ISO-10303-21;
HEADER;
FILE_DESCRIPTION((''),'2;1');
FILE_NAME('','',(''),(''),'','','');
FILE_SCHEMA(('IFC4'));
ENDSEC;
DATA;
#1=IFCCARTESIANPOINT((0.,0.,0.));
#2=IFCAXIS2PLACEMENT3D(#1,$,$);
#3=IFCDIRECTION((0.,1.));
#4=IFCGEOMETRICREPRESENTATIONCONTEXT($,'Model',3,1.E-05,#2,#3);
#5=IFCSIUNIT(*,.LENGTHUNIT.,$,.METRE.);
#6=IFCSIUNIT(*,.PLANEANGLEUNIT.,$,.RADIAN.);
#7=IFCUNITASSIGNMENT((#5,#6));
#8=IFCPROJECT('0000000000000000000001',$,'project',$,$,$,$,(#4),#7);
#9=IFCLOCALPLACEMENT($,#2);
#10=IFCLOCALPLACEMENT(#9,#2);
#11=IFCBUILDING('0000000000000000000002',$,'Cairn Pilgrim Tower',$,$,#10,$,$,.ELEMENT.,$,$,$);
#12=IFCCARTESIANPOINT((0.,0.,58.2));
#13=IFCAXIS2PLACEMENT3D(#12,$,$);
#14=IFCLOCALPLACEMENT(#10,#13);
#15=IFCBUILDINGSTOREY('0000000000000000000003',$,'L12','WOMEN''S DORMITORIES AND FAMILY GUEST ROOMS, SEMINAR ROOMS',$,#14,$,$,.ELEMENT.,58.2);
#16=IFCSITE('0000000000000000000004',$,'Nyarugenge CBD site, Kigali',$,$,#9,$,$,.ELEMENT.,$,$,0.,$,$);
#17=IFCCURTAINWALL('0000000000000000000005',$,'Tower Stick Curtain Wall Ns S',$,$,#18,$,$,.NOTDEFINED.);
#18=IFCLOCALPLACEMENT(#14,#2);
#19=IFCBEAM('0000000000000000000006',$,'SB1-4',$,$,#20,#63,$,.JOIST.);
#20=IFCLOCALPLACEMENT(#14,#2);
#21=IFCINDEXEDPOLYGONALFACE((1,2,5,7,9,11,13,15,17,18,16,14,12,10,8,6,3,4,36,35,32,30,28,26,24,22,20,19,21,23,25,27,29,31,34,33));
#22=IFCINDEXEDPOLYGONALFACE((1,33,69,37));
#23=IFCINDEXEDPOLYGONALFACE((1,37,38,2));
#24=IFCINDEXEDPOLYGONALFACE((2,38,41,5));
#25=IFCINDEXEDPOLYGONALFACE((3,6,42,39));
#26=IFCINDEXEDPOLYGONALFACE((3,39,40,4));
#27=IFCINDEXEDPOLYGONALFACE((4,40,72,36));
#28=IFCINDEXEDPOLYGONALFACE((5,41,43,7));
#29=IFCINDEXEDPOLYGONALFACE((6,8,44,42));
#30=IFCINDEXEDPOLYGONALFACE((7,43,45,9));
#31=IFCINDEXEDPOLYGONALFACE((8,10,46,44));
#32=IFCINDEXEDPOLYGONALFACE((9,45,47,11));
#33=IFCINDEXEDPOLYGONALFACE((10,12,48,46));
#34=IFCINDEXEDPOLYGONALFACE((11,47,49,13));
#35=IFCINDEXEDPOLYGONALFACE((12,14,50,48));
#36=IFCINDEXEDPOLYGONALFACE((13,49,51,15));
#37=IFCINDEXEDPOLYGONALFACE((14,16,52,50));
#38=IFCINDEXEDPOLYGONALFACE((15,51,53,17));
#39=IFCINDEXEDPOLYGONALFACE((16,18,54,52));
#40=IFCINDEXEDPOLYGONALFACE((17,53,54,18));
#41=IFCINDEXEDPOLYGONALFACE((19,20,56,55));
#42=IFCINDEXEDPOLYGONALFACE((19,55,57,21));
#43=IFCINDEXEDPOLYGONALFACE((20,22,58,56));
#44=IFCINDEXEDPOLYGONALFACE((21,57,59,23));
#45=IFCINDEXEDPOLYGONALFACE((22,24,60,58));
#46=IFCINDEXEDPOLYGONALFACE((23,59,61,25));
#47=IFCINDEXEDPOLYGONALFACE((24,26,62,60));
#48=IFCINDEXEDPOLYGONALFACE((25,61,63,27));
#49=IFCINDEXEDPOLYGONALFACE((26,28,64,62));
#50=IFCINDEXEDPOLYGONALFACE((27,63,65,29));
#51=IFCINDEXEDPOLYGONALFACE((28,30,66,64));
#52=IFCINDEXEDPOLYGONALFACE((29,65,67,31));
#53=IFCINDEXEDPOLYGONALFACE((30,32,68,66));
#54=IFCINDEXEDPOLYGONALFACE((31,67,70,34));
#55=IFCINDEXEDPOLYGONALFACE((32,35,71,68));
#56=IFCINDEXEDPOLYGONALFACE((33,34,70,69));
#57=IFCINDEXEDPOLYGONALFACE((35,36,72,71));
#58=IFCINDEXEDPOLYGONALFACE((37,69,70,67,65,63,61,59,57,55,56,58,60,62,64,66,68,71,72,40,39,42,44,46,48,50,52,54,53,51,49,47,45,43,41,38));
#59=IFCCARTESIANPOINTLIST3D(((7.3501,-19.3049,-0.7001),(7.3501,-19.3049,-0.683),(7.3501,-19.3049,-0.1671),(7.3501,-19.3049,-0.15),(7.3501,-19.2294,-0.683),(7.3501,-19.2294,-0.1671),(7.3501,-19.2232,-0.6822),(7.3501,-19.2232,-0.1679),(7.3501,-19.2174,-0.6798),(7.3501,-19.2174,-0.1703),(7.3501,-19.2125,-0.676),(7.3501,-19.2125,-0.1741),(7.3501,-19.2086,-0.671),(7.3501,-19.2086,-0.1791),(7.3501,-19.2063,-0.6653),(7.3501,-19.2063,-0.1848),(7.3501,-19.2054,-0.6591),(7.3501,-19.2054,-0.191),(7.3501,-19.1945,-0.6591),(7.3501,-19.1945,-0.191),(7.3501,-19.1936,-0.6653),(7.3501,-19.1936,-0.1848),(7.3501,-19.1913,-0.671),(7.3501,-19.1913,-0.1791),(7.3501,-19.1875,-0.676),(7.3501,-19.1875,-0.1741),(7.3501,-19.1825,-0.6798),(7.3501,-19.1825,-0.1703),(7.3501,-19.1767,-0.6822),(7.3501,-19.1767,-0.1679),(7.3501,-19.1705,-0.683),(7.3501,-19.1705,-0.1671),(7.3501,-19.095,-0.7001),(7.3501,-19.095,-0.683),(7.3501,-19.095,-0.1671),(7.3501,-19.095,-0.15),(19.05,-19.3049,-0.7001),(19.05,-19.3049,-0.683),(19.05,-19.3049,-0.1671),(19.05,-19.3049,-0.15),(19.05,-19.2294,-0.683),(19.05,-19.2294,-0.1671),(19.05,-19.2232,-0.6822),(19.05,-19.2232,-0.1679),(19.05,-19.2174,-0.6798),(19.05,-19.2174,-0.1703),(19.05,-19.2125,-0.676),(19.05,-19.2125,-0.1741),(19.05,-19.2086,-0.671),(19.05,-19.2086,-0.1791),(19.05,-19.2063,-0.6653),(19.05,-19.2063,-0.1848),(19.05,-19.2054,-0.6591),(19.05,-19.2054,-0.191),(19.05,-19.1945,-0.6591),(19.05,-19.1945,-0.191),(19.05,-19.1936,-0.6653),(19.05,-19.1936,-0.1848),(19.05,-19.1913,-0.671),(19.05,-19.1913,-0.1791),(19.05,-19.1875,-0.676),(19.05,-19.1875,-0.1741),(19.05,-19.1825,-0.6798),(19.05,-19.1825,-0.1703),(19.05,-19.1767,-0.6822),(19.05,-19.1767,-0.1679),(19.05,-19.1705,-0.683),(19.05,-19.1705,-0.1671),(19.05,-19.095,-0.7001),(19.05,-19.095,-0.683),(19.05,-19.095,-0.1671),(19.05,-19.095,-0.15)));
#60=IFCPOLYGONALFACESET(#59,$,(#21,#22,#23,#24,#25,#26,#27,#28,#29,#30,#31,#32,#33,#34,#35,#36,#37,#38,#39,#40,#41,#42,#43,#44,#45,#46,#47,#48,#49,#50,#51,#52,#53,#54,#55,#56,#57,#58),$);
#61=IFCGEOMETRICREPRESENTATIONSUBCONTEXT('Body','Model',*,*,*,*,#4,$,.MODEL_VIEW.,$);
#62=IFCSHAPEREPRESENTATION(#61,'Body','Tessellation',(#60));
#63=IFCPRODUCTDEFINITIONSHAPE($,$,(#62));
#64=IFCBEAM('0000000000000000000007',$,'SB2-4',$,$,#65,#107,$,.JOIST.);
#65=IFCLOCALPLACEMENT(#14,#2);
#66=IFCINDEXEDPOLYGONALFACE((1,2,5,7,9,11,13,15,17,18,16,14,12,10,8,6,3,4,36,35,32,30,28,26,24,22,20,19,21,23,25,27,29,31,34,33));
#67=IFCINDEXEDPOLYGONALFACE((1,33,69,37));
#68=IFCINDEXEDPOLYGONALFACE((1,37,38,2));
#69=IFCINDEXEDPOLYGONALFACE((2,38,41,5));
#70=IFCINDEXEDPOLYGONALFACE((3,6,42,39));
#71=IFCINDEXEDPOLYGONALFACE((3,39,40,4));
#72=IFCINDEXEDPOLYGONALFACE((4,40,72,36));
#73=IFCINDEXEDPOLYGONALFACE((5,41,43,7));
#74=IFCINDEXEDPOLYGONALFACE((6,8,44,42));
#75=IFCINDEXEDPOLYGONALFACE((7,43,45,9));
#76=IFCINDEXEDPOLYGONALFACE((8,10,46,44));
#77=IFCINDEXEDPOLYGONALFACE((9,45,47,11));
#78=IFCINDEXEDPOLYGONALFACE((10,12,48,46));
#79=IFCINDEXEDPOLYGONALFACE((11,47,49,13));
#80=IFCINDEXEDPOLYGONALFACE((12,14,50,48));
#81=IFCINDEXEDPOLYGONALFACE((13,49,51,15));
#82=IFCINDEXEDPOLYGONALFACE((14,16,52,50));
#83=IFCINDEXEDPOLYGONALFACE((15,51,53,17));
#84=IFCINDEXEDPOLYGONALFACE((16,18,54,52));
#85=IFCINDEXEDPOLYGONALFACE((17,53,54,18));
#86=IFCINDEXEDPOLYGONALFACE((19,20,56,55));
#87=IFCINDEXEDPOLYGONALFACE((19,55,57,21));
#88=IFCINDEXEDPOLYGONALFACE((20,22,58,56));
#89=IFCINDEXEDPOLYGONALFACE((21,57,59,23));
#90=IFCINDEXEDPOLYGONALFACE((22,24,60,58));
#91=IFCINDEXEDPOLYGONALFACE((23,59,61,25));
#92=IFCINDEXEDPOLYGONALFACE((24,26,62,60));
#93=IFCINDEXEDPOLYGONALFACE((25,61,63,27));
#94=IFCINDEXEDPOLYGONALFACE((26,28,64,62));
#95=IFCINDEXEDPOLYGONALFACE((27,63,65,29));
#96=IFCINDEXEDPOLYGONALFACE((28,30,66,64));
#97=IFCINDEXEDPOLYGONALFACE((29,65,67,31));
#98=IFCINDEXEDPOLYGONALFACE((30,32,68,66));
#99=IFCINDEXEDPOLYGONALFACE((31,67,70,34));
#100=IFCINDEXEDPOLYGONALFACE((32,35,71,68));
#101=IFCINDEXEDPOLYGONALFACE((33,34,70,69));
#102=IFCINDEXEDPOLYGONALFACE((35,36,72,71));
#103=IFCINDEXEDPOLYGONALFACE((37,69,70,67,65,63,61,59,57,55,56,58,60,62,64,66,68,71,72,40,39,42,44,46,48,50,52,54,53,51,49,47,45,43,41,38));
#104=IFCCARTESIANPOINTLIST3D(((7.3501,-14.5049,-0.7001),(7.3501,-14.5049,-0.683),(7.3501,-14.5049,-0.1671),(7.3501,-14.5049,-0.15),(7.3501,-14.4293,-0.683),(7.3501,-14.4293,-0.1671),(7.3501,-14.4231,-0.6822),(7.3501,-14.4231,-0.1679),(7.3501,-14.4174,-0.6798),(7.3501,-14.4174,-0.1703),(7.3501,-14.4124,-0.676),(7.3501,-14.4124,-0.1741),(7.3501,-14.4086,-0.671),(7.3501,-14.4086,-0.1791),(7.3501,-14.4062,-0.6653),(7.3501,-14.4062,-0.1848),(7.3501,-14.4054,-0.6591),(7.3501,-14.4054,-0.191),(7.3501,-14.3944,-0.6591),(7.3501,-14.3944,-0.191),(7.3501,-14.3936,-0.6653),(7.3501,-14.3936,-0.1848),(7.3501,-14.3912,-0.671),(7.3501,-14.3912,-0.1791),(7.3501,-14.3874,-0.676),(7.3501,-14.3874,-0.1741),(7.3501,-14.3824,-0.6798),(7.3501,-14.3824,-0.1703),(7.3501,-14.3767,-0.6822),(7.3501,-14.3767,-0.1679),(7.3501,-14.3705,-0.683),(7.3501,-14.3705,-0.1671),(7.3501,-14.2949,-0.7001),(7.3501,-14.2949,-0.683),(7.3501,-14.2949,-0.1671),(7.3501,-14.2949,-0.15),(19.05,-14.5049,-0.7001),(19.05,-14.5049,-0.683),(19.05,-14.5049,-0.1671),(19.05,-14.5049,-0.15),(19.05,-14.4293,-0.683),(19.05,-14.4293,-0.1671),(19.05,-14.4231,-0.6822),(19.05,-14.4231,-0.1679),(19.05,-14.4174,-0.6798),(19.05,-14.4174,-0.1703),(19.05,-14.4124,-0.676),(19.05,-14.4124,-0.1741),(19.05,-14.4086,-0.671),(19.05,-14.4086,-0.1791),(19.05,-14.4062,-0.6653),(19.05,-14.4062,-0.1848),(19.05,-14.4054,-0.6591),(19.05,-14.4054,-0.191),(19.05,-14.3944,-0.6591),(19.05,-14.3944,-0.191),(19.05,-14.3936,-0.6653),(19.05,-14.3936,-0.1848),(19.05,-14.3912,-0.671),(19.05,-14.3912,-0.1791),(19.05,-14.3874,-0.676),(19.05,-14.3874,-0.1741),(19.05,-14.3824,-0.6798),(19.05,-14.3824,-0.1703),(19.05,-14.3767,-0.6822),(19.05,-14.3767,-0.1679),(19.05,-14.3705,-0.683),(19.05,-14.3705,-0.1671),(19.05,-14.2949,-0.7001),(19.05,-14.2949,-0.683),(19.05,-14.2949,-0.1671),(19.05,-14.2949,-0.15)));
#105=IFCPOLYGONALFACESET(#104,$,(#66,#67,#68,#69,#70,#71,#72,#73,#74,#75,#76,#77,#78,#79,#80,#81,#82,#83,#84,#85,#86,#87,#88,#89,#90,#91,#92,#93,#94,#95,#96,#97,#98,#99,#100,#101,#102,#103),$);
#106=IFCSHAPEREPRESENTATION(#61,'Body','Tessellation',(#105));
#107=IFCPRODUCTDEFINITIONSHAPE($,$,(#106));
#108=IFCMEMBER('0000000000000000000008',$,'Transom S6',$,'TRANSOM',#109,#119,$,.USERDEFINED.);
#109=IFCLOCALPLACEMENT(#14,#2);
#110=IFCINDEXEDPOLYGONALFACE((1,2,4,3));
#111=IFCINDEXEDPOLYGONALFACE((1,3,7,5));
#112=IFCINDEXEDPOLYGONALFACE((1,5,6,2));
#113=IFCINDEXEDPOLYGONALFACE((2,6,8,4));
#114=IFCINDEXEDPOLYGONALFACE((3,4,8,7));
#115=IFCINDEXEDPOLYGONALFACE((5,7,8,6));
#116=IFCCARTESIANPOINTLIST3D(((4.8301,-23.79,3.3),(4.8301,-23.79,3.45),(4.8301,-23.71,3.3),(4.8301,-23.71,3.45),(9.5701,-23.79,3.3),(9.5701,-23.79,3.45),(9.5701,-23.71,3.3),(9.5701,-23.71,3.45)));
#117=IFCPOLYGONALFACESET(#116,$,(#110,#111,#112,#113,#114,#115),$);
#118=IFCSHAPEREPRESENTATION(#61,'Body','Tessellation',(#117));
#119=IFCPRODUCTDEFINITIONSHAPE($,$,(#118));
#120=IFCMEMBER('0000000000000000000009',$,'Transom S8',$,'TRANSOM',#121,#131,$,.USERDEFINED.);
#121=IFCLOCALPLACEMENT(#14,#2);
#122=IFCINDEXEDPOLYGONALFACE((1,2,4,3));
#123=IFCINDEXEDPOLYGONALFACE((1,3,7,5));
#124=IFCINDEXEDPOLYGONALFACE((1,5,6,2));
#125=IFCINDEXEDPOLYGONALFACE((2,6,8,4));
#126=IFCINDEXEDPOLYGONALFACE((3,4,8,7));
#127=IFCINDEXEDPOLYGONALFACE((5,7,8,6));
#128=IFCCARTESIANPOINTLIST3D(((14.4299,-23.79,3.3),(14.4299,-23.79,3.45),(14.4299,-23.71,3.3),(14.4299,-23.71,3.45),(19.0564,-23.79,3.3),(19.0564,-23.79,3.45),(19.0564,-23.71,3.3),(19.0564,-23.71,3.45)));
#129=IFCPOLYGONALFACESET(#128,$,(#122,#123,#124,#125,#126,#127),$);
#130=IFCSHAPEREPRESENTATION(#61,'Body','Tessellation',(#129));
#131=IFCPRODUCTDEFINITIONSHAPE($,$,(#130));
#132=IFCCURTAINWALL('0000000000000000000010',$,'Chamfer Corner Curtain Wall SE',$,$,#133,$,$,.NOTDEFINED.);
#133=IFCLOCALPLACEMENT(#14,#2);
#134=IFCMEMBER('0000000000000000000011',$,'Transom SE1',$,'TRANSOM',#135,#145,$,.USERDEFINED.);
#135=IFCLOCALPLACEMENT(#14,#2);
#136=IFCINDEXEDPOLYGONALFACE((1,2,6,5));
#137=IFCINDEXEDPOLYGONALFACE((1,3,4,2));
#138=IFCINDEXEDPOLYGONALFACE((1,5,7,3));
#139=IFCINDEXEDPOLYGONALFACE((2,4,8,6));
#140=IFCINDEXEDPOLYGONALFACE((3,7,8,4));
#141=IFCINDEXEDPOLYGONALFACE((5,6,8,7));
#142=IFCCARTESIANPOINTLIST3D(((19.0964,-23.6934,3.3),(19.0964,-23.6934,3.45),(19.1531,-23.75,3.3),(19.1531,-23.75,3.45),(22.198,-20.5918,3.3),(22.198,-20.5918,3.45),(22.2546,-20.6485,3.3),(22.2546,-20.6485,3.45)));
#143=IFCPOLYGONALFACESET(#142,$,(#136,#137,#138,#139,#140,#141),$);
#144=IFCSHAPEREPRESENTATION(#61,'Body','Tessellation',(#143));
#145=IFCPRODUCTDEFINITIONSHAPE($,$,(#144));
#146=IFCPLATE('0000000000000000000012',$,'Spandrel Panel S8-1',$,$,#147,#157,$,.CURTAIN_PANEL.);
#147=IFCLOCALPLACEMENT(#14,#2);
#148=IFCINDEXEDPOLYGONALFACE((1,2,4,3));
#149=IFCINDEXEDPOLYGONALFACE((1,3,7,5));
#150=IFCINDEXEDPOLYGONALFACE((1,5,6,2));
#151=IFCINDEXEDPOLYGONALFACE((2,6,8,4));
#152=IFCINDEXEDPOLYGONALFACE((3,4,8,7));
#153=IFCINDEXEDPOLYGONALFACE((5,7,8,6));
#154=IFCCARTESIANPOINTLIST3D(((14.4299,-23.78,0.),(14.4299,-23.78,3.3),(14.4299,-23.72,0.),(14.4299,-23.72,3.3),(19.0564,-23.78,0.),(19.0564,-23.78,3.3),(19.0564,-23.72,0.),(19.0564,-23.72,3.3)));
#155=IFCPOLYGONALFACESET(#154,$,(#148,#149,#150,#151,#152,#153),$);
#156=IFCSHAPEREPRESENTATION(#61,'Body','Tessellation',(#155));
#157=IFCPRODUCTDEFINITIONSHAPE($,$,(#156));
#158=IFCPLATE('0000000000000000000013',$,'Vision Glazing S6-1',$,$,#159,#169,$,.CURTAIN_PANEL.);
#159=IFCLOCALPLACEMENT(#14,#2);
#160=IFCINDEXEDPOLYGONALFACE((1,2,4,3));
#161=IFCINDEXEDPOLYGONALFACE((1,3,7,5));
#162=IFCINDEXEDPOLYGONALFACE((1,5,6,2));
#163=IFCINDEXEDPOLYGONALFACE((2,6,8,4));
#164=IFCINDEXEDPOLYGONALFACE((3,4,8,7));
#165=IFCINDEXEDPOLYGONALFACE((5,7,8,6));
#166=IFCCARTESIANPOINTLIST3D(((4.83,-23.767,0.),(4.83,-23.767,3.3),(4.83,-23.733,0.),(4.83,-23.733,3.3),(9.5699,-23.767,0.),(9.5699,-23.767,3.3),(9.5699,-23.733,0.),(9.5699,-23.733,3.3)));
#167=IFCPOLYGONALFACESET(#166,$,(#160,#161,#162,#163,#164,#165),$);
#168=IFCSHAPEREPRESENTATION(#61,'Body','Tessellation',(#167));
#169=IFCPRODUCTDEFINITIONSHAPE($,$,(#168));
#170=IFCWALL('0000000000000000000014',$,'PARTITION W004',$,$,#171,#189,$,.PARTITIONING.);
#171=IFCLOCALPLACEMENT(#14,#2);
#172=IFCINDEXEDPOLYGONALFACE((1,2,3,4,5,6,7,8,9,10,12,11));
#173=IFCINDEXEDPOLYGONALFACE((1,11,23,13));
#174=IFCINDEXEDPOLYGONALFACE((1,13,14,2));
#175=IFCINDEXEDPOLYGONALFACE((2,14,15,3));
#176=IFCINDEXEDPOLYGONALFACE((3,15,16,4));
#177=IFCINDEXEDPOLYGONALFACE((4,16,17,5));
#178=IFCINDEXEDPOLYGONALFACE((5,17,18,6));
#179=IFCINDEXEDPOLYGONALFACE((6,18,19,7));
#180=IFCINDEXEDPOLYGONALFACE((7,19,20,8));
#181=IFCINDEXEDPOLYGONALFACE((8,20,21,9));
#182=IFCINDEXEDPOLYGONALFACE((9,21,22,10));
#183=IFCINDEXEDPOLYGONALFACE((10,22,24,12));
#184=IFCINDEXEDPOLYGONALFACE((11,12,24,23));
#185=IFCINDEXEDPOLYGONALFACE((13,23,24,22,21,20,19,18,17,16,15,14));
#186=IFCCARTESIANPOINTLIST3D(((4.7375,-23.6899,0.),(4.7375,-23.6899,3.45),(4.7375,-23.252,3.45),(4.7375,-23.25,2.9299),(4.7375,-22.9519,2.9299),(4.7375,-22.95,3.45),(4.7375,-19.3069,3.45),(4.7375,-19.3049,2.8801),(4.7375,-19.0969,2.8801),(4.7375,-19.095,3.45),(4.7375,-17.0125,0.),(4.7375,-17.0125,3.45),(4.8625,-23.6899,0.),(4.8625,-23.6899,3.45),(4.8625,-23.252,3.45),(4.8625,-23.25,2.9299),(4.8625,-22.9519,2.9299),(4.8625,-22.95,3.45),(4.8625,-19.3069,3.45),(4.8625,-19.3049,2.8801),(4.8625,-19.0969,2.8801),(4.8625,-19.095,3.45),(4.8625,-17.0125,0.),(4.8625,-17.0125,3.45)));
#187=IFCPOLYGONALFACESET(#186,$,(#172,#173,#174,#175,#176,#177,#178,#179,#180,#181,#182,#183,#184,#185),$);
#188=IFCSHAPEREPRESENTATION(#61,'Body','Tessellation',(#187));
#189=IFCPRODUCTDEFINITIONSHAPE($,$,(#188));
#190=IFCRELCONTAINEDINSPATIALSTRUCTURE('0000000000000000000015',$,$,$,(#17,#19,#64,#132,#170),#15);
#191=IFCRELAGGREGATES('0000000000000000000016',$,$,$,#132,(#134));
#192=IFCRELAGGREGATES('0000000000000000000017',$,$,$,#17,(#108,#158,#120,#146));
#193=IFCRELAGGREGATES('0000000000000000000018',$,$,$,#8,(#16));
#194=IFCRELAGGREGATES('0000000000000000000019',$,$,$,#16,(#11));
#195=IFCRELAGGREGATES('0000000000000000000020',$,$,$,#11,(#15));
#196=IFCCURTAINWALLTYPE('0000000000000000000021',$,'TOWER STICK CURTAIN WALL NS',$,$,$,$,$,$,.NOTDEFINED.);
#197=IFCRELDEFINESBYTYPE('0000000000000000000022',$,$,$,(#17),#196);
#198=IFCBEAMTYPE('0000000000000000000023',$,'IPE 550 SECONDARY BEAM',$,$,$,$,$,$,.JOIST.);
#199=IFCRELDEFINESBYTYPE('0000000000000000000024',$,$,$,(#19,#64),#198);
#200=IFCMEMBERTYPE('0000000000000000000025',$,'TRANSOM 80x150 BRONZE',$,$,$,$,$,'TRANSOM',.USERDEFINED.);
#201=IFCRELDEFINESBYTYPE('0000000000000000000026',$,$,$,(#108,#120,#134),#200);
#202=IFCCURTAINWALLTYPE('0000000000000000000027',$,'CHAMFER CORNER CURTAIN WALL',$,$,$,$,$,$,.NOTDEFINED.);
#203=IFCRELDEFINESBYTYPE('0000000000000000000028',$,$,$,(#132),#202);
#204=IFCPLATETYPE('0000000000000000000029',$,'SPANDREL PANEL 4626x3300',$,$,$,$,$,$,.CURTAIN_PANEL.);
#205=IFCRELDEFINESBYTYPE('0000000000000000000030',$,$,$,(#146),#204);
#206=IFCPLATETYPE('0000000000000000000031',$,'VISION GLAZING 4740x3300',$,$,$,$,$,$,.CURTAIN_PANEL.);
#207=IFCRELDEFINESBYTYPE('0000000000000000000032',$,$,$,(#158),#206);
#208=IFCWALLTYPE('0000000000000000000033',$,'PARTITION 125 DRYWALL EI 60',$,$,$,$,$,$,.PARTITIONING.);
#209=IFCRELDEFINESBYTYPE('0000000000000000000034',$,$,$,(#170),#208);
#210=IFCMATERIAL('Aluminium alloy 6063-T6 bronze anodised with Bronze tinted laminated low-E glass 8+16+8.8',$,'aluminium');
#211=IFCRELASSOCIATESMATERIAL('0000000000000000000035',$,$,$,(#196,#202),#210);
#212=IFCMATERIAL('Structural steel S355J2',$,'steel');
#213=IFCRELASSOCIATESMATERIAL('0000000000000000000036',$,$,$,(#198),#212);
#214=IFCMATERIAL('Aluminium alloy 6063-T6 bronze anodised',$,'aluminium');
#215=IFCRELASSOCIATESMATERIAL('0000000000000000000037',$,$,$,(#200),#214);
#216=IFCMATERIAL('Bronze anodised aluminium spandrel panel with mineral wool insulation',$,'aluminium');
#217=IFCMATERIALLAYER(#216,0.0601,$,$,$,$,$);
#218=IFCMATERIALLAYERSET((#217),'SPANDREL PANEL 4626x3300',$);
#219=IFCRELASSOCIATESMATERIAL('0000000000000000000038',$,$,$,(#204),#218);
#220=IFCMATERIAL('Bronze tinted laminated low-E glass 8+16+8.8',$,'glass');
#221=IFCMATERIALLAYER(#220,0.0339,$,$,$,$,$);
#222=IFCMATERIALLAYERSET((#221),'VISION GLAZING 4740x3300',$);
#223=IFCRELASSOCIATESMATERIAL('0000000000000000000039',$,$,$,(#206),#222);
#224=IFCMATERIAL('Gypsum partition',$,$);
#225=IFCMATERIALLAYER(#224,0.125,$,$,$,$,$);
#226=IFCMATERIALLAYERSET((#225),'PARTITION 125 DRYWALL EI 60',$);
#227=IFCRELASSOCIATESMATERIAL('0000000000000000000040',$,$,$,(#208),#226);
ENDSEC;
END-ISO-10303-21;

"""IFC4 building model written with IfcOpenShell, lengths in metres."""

from ifc_helpers import new_model, si_unit, direction, frame, origin, origin_2d, place, context, subcontext, project, spatial, polyline, rectangle, i_section, outline, extrude, material, layer, layer_set, material_profile, profile_set, type_object, element, aggregate, save


model = new_model("IFC4")

# Units and contexts
model_context = context("Model", 3, precision=1e-05, world=origin(), true_north=direction((0.0, 1.0)))
body_context = subcontext(model_context, "Body", "Model", "MODEL_VIEW")
ifc_project = project(units=[si_unit("LENGTHUNIT", "METRE"), si_unit("PLANEANGLEUNIT", "RADIAN")], contexts=[model_context])

# Site, building, storey
site_placement = place(None, origin())
site = spatial("IfcSite", under=ifc_project, at=site_placement, Name="Nyarugenge CBD site, Kigali", CompositionType="ELEMENT", RefElevation=0.0)
building_placement = place(site_placement, origin())
building = spatial("IfcBuilding", under=site, at=building_placement, Name="Cairn Pilgrim Tower", CompositionType="ELEMENT")
storey_placement = place(building_placement, frame((0.0, 0.0, 58.2)))
storey = spatial("IfcBuildingStorey", under=building, at=storey_placement, Name="L12", Description="WOMEN'S DORMITORIES AND FAMILY GUEST ROOMS, SEMINAR ROOMS", CompositionType="ELEMENT", Elevation=58.2)

# Curtain wall
ifc_material_1 = material(Name="Aluminium alloy 6063-T6 bronze anodised with Bronze tinted laminated low-E glass 8+16+8.8", Category="aluminium")
curtain_wall_type_1 = type_object("IfcCurtainWallType", Name="TOWER STICK CURTAIN WALL NS", PredefinedType="NOTDEFINED", material=ifc_material_1)
curtain_wall_1_placement = place(storey_placement, origin())
curtain_wall_1 = element("IfcCurtainWall", 1, at=curtain_wall_1_placement, inside=storey, type_object=curtain_wall_type_1, Name="Tower Stick Curtain Wall Ns S", PredefinedType="NOTDEFINED")
ifc_material_2 = material(Name="Aluminium alloy 6063-T6 bronze anodised", Category="aluminium")

# Beams
ifc_material_3 = material(Name="Structural steel S355J2", Category="steel")
ifc_material_profile_1 = material_profile(ifc_material_3, i_section(OverallWidth=0.21, OverallDepth=0.55, WebThickness=0.011, FlangeThickness=0.0171, FilletRadius=0.0239, at=origin_2d()), Name="IPE 550")
ifc_profile_set_1 = profile_set([ifc_material_profile_1], Name="Structural steel S355J2")
beam_type_1 = type_object("IfcBeamType", Name="IPE 550 SECONDARY BEAM", PredefinedType="JOIST", material=ifc_profile_set_1)
for number, where, z_axis, x_axis, name in (
    (2, (7.3501, -19.2, -0.425), (1.0, 0.0, 0.0), (0.0, 1.0, 0.0), "SB1-4"),
    (3, (7.3501, -14.3999, -0.425), (1.0, 0.0, 0.0), (0.0, 1.0, 0.0), "SB2-4"),
):
    element("IfcBeam", number, at=place(storey_placement, frame(where, z_axis=z_axis, x_axis=x_axis)), inside=storey, type_object=beam_type_1, Name=name, PredefinedType="JOIST", context=body_context, shape_type="SweptSolid", body=[
        extrude(i_section(OverallWidth=0.21, OverallDepth=0.55, WebThickness=0.011, FlangeThickness=0.0171, FilletRadius=0.0239, at=origin_2d()), origin(), (0.0, 0.0, 1.0), 11.7),
    ])

# Members
ifc_material_profile_2 = material_profile(ifc_material_2, rectangle(XDim=0.0801, YDim=0.1499, at=origin_2d()), Name="TRANSOM 80x150 BRONZE")
ifc_profile_set_2 = profile_set([ifc_material_profile_2], Name="Aluminium alloy 6063-T6 bronze anodised")
member_type_1 = type_object("IfcMemberType", Name="TRANSOM 80x150 BRONZE", ElementType="TRANSOM", PredefinedType="USERDEFINED", material=ifc_profile_set_2)
member_1_placement = place(storey_placement, frame((4.8301, -23.75, 3.375), z_axis=(1.0, 0.0, 0.0), x_axis=(0.0, 1.0, 0.0)))
member_1 = element("IfcMember", 4, at=member_1_placement, type_object=member_type_1, Name="Transom S6", ObjectType="TRANSOM", PredefinedType="USERDEFINED", context=body_context, shape_type="SweptSolid", body=[
    extrude(rectangle(XDim=0.0801, YDim=0.1499, at=origin_2d()), origin(), (0.0, 0.0, 1.0), 4.74),
])
member_2_placement = place(storey_placement, frame((14.4299, -23.75, 3.375), z_axis=(1.0, 0.0, 0.0), x_axis=(0.0, 1.0, 0.0)))
member_2 = element("IfcMember", 5, at=member_2_placement, type_object=member_type_1, Name="Transom S8", ObjectType="TRANSOM", PredefinedType="USERDEFINED", context=body_context, shape_type="SweptSolid", body=[
    extrude(rectangle(XDim=0.0801, YDim=0.1499, at=origin_2d()), origin(), (0.0, 0.0, 1.0), 4.6265),
])

# Curtain wall, member
curtain_wall_type_2 = type_object("IfcCurtainWallType", Name="CHAMFER CORNER CURTAIN WALL", PredefinedType="NOTDEFINED", material=ifc_material_1)
curtain_wall_2_placement = place(storey_placement, origin())
curtain_wall_2 = element("IfcCurtainWall", 6, at=curtain_wall_2_placement, inside=storey, type_object=curtain_wall_type_2, Name="Chamfer Corner Curtain Wall SE", PredefinedType="NOTDEFINED")
member_3_placement = place(storey_placement, frame((19.1248, -23.7217, 3.375), z_axis=(0.707107, 0.707107, 0.0), x_axis=(-0.707107, 0.707107, 0.0)))
member_3 = element("IfcMember", 7, at=member_3_placement, type_object=member_type_1, Name="Transom SE1", ObjectType="TRANSOM", PredefinedType="USERDEFINED", context=body_context, shape_type="SweptSolid", body=[
    extrude(rectangle(XDim=0.0801, YDim=0.1499, at=origin_2d()), origin(), (0.0, 0.0, 1.0), 4.3862),
])
aggregate(curtain_wall_2, [member_3])

# Plates
ifc_material_4 = material(Name="Bronze anodised aluminium spandrel panel with mineral wool insulation", Category="aluminium")
ifc_layer_1 = layer(ifc_material_4, 0.0601)
ifc_layer_set_1 = layer_set([ifc_layer_1], Name="SPANDREL PANEL 4626x3300")
plate_type_1 = type_object("IfcPlateType", Name="SPANDREL PANEL 4626x3300", PredefinedType="CURTAIN_PANEL", material=ifc_layer_set_1)
plate_1_placement = place(storey_placement, frame((16.7432, -23.75, 0.0), z_axis=(0.0, 0.0, 1.0), x_axis=(1.0, 0.0, 0.0)))
plate_1 = element("IfcPlate", 8, at=plate_1_placement, type_object=plate_type_1, Name="Spandrel Panel S8-1", PredefinedType="CURTAIN_PANEL", context=body_context, shape_type="SweptSolid", body=[
    extrude(rectangle(XDim=4.6265, YDim=0.0601, at=origin_2d()), origin(), (0.0, 0.0, 1.0), 3.3),
])
ifc_material_5 = material(Name="Bronze tinted laminated low-E glass 8+16+8.8", Category="glass")
ifc_layer_2 = layer(ifc_material_5, 0.0339)
ifc_layer_set_2 = layer_set([ifc_layer_2], Name="VISION GLAZING 4740x3300")
plate_type_2 = type_object("IfcPlateType", Name="VISION GLAZING 4740x3300", PredefinedType="CURTAIN_PANEL", material=ifc_layer_set_2)
plate_2_placement = place(storey_placement, frame((7.2, -23.75, 0.0), z_axis=(0.0, 0.0, 1.0), x_axis=(1.0, 0.0, 0.0)))
plate_2 = element("IfcPlate", 9, at=plate_2_placement, type_object=plate_type_2, Name="Vision Glazing S6-1", PredefinedType="CURTAIN_PANEL", context=body_context, shape_type="SweptSolid", body=[
    extrude(rectangle(XDim=4.74, YDim=0.0339, at=origin_2d()), origin(), (0.0, 0.0, 1.0), 3.3),
])
aggregate(curtain_wall_1, [member_1, plate_2, member_2, plate_1])

# Wall
ifc_material_6 = material(Name="Gypsum partition")
ifc_layer_3 = layer(ifc_material_6, 0.125)
ifc_layer_set_3 = layer_set([ifc_layer_3], Name="PARTITION 125 DRYWALL EI 60")
wall_type_1 = type_object("IfcWallType", Name="PARTITION 125 DRYWALL EI 60", PredefinedType="PARTITIONING", material=ifc_layer_set_3)
wall_1_placement = place(storey_placement, frame((4.8, -23.6899, 0.0), z_axis=(0.0, 0.0, 1.0), x_axis=(0.0, 1.0, 0.0)))
element("IfcWall", 10, at=wall_1_placement, inside=storey, type_object=wall_type_1, Name="PARTITION W004", PredefinedType="PARTITIONING", context=body_context, shape_type="SweptSolid", body=[
    extrude(outline(polyline([(0.0, 0.0), (6.6775, 0.0), (6.6775, 3.45), (4.595, 3.45), (4.593, 2.8801), (4.385, 2.8801), (4.3831, 3.45), (0.74, 3.45), (0.738, 2.9299), (0.4399, 2.9299), (0.438, 3.45), (0.0, 3.45), (0.0, 0.0)])), frame((0.0, 0.0625, 0.0), z_axis=(0.0, -1.0, 0.0), x_axis=(1.0, 0.0, 0.0)), (0.0, 0.0, 1.0), 0.125),
])

save(model, "model.ifc")
